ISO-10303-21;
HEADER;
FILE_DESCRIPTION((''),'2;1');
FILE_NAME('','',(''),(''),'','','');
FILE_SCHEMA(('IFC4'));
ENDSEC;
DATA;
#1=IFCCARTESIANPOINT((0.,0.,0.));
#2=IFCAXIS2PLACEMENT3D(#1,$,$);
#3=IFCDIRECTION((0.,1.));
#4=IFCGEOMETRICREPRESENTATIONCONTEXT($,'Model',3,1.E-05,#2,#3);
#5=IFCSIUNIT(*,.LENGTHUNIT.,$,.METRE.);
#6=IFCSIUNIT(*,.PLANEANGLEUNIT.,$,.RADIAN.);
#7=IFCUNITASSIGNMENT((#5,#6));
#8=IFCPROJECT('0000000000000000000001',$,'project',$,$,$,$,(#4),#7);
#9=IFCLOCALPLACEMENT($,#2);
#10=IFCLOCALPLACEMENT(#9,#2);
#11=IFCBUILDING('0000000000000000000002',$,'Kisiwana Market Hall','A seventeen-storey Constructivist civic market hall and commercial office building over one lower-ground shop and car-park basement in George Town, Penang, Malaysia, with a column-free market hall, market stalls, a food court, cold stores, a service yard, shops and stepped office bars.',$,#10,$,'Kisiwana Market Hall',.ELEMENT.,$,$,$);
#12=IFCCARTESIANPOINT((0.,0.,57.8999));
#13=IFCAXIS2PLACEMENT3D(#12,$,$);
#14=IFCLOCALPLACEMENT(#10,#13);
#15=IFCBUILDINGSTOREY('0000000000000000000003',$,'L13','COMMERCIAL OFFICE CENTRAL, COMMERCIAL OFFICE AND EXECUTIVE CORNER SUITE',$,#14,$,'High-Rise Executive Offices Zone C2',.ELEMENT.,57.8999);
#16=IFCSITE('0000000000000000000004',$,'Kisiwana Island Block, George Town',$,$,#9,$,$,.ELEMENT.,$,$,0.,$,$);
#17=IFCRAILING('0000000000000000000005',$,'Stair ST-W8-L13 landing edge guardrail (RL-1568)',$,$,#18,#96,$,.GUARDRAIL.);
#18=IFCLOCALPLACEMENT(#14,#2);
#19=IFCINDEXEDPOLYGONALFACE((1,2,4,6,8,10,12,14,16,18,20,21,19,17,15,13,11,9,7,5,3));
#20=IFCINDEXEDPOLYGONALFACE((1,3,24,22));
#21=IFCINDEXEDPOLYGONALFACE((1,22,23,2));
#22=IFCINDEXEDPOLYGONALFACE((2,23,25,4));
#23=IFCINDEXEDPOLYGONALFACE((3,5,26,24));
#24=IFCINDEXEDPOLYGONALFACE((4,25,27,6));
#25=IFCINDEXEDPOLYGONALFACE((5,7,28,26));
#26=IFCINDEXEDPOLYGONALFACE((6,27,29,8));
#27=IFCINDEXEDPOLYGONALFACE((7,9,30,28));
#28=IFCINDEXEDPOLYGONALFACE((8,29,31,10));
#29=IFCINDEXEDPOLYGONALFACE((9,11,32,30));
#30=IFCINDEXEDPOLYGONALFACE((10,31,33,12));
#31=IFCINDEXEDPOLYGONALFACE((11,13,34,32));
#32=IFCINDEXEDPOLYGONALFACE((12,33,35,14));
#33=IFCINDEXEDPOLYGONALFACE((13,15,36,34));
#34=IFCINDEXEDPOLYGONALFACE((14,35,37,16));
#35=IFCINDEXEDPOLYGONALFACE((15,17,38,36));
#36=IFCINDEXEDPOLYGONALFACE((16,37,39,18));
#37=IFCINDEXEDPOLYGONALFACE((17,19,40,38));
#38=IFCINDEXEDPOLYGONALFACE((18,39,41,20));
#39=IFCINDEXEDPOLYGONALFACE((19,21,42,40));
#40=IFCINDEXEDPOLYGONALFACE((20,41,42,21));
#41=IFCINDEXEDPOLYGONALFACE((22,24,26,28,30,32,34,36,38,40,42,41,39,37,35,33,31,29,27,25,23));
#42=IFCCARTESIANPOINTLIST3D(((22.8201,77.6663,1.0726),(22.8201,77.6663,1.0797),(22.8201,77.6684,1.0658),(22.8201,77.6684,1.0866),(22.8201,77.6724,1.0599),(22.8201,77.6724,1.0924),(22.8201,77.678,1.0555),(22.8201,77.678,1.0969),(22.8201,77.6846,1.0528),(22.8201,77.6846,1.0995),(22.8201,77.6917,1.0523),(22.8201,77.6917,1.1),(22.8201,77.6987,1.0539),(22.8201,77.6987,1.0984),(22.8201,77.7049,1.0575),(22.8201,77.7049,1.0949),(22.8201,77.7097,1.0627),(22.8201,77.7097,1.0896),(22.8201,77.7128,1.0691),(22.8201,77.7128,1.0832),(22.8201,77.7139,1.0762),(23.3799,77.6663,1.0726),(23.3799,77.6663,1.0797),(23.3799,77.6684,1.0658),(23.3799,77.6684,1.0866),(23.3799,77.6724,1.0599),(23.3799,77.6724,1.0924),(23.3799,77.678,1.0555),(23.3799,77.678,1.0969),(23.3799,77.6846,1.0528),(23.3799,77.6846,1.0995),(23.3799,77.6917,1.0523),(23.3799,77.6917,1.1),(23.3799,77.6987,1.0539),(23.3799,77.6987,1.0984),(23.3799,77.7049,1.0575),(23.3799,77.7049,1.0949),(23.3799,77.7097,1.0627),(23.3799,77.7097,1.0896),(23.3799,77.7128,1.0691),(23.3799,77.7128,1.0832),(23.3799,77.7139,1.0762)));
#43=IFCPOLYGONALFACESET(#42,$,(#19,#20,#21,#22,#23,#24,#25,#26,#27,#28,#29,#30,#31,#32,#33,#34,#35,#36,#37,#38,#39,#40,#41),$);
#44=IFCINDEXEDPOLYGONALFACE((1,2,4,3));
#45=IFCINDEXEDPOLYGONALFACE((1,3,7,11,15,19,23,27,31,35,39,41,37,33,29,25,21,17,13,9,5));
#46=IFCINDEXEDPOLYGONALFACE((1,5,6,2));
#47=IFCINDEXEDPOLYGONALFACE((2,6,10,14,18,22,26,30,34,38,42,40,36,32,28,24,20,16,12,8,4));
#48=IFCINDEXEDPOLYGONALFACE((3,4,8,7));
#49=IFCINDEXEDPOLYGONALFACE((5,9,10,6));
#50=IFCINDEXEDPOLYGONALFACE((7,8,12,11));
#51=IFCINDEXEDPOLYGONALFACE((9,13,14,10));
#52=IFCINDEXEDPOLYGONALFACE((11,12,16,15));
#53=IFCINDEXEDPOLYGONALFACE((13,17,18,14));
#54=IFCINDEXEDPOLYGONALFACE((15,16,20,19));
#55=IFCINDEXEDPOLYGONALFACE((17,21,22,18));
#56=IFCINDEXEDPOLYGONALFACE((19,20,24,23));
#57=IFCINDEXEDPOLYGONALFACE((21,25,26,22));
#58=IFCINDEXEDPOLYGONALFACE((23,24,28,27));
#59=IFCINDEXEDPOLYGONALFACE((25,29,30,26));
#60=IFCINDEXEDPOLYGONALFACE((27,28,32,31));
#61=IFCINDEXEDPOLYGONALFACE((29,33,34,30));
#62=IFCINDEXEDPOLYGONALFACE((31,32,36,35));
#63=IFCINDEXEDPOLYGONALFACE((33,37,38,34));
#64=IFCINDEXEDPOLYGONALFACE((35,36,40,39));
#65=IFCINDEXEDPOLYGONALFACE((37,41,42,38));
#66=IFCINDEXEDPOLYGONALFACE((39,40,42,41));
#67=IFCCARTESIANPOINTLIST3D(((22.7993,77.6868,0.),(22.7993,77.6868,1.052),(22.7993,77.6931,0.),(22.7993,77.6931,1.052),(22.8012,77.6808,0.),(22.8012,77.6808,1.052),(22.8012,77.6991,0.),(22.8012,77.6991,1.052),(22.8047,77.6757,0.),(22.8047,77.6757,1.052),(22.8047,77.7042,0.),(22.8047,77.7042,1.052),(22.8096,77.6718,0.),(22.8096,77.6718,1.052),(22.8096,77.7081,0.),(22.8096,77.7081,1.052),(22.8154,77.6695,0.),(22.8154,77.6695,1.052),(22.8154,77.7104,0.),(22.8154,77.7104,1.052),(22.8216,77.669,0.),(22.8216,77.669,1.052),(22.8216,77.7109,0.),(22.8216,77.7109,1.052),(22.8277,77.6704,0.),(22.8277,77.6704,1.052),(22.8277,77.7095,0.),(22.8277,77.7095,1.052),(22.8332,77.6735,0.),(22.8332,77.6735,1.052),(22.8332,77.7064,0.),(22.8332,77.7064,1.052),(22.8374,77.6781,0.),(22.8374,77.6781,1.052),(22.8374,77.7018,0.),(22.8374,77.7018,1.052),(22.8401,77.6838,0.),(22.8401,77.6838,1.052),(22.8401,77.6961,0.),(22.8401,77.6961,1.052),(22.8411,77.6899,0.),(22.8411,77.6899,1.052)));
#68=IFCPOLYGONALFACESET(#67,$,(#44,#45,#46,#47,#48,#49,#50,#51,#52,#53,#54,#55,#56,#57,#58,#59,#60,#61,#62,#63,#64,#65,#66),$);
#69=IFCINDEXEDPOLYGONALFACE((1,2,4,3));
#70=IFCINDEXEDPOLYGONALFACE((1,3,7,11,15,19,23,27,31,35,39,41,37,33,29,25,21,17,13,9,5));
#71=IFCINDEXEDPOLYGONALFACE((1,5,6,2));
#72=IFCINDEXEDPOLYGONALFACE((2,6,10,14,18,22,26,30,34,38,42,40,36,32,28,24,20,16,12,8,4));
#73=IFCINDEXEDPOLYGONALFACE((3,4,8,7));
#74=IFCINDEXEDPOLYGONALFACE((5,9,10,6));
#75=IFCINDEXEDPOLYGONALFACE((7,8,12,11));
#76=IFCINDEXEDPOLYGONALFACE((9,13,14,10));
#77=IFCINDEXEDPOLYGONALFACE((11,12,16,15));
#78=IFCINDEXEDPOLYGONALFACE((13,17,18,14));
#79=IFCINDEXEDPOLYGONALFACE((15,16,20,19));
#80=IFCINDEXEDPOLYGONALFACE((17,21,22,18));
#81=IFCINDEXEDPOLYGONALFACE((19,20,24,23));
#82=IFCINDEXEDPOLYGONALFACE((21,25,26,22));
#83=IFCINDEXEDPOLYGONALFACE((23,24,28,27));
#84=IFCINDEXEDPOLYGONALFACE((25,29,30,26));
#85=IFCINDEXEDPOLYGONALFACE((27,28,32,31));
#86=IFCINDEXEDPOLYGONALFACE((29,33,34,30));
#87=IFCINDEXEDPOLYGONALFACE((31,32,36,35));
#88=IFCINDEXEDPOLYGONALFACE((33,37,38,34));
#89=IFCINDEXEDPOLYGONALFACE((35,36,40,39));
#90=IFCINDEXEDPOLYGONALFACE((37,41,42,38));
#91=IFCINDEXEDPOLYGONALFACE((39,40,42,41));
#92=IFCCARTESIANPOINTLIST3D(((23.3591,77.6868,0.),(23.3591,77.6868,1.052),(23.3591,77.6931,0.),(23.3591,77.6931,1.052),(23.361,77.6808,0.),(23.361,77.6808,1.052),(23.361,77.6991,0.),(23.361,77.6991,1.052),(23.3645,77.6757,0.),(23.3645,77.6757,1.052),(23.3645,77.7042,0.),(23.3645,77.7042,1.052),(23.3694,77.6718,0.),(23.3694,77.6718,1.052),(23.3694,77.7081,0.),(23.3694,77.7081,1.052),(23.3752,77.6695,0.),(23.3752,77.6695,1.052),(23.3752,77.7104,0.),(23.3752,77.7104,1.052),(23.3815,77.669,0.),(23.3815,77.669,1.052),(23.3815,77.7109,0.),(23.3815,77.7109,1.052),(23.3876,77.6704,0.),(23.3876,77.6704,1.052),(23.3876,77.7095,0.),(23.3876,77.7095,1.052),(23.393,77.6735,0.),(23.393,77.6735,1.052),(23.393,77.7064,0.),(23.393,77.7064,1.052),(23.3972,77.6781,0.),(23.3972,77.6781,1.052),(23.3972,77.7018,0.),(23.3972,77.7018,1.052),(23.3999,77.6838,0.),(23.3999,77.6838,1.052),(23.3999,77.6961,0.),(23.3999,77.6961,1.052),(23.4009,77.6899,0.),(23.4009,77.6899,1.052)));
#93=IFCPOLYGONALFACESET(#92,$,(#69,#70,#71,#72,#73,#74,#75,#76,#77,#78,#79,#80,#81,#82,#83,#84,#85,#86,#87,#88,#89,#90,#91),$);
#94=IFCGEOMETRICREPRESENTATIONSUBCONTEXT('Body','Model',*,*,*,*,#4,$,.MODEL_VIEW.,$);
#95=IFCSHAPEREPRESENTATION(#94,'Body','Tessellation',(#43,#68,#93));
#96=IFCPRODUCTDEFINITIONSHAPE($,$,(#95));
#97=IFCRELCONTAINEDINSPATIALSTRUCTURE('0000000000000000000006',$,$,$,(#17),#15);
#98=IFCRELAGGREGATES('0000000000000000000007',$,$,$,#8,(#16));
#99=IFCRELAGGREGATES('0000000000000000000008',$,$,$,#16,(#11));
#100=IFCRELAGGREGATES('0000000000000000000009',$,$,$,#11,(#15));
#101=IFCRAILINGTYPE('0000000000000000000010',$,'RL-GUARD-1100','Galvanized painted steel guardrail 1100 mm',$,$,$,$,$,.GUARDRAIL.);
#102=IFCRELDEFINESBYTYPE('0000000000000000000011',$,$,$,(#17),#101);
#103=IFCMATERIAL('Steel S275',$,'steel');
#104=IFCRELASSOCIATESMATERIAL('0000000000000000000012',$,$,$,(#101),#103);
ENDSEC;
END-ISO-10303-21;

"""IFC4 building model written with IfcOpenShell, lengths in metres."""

from ifc_helpers import new_model, si_unit, direction, frame, origin, origin_2d, place, context, subcontext, project, spatial, circle, extrude, material, type_object, element, save


model = new_model("IFC4")

# Units and contexts
model_context = context("Model", 3, precision=1e-05, world=origin(), true_north=direction((0.0, 1.0)))
body_context = subcontext(model_context, "Body", "Model", "MODEL_VIEW")
ifc_project = project(units=[si_unit("LENGTHUNIT", "METRE"), si_unit("PLANEANGLEUNIT", "RADIAN")], contexts=[model_context])

# Site, building, storey
site_placement = place(None, origin())
site = spatial("IfcSite", under=ifc_project, at=site_placement, Name="Kisiwana Island Block, George Town", CompositionType="ELEMENT", RefElevation=0.0)
building_placement = place(site_placement, origin())
building = spatial("IfcBuilding", under=site, at=building_placement, Name="Kisiwana Market Hall", Description="A seventeen-storey Constructivist civic market hall and commercial office building over one lower-ground shop and car-park basement in George Town, Penang, Malaysia, with a column-free market hall, market stalls, a food court, cold stores, a service yard, shops and stepped office bars.", LongName="Kisiwana Market Hall", CompositionType="ELEMENT")
storey_placement = place(building_placement, frame((0.0, 0.0, 57.8999)))
storey = spatial("IfcBuildingStorey", under=building, at=storey_placement, Name="L13", Description="COMMERCIAL OFFICE CENTRAL, COMMERCIAL OFFICE AND EXECUTIVE CORNER SUITE", LongName="High-Rise Executive Offices Zone C2", CompositionType="ELEMENT", Elevation=57.8999)

# Railing
ifc_material_1 = material(Name="Steel S275", Category="steel")
railing_type_1 = type_object("IfcRailingType", Name="RL-GUARD-1100", Description="Galvanized painted steel guardrail 1100 mm", PredefinedType="GUARDRAIL", material=ifc_material_1)
railing_1_placement = place(storey_placement, frame((22.8201, 77.6899, 0.0)))
element("IfcRailing", 1, at=railing_1_placement, inside=storey, type_object=railing_type_1, Name="Stair ST-W8-L13 landing edge guardrail (RL-1568)", PredefinedType="GUARDRAIL", context=body_context, shape_type="SweptSolid", body=[
    extrude(circle(Radius=0.0239, at=origin_2d()), frame((0.0, 0.0, 1.0762), z_axis=(1.0, 0.0, 0.0), x_axis=(0.0, 1.0, 0.0)), (0.0, 0.0, 1.0), 0.5598),
    extrude(circle(Radius=0.021, at=origin_2d()), origin(), (0.0, 0.0, 1.0), 1.052),
    extrude(circle(Radius=0.021, at=origin_2d()), frame((0.5598, 0.0, 0.0)), (0.0, 0.0, 1.0), 1.052),
])

save(model, "model.ifc")
